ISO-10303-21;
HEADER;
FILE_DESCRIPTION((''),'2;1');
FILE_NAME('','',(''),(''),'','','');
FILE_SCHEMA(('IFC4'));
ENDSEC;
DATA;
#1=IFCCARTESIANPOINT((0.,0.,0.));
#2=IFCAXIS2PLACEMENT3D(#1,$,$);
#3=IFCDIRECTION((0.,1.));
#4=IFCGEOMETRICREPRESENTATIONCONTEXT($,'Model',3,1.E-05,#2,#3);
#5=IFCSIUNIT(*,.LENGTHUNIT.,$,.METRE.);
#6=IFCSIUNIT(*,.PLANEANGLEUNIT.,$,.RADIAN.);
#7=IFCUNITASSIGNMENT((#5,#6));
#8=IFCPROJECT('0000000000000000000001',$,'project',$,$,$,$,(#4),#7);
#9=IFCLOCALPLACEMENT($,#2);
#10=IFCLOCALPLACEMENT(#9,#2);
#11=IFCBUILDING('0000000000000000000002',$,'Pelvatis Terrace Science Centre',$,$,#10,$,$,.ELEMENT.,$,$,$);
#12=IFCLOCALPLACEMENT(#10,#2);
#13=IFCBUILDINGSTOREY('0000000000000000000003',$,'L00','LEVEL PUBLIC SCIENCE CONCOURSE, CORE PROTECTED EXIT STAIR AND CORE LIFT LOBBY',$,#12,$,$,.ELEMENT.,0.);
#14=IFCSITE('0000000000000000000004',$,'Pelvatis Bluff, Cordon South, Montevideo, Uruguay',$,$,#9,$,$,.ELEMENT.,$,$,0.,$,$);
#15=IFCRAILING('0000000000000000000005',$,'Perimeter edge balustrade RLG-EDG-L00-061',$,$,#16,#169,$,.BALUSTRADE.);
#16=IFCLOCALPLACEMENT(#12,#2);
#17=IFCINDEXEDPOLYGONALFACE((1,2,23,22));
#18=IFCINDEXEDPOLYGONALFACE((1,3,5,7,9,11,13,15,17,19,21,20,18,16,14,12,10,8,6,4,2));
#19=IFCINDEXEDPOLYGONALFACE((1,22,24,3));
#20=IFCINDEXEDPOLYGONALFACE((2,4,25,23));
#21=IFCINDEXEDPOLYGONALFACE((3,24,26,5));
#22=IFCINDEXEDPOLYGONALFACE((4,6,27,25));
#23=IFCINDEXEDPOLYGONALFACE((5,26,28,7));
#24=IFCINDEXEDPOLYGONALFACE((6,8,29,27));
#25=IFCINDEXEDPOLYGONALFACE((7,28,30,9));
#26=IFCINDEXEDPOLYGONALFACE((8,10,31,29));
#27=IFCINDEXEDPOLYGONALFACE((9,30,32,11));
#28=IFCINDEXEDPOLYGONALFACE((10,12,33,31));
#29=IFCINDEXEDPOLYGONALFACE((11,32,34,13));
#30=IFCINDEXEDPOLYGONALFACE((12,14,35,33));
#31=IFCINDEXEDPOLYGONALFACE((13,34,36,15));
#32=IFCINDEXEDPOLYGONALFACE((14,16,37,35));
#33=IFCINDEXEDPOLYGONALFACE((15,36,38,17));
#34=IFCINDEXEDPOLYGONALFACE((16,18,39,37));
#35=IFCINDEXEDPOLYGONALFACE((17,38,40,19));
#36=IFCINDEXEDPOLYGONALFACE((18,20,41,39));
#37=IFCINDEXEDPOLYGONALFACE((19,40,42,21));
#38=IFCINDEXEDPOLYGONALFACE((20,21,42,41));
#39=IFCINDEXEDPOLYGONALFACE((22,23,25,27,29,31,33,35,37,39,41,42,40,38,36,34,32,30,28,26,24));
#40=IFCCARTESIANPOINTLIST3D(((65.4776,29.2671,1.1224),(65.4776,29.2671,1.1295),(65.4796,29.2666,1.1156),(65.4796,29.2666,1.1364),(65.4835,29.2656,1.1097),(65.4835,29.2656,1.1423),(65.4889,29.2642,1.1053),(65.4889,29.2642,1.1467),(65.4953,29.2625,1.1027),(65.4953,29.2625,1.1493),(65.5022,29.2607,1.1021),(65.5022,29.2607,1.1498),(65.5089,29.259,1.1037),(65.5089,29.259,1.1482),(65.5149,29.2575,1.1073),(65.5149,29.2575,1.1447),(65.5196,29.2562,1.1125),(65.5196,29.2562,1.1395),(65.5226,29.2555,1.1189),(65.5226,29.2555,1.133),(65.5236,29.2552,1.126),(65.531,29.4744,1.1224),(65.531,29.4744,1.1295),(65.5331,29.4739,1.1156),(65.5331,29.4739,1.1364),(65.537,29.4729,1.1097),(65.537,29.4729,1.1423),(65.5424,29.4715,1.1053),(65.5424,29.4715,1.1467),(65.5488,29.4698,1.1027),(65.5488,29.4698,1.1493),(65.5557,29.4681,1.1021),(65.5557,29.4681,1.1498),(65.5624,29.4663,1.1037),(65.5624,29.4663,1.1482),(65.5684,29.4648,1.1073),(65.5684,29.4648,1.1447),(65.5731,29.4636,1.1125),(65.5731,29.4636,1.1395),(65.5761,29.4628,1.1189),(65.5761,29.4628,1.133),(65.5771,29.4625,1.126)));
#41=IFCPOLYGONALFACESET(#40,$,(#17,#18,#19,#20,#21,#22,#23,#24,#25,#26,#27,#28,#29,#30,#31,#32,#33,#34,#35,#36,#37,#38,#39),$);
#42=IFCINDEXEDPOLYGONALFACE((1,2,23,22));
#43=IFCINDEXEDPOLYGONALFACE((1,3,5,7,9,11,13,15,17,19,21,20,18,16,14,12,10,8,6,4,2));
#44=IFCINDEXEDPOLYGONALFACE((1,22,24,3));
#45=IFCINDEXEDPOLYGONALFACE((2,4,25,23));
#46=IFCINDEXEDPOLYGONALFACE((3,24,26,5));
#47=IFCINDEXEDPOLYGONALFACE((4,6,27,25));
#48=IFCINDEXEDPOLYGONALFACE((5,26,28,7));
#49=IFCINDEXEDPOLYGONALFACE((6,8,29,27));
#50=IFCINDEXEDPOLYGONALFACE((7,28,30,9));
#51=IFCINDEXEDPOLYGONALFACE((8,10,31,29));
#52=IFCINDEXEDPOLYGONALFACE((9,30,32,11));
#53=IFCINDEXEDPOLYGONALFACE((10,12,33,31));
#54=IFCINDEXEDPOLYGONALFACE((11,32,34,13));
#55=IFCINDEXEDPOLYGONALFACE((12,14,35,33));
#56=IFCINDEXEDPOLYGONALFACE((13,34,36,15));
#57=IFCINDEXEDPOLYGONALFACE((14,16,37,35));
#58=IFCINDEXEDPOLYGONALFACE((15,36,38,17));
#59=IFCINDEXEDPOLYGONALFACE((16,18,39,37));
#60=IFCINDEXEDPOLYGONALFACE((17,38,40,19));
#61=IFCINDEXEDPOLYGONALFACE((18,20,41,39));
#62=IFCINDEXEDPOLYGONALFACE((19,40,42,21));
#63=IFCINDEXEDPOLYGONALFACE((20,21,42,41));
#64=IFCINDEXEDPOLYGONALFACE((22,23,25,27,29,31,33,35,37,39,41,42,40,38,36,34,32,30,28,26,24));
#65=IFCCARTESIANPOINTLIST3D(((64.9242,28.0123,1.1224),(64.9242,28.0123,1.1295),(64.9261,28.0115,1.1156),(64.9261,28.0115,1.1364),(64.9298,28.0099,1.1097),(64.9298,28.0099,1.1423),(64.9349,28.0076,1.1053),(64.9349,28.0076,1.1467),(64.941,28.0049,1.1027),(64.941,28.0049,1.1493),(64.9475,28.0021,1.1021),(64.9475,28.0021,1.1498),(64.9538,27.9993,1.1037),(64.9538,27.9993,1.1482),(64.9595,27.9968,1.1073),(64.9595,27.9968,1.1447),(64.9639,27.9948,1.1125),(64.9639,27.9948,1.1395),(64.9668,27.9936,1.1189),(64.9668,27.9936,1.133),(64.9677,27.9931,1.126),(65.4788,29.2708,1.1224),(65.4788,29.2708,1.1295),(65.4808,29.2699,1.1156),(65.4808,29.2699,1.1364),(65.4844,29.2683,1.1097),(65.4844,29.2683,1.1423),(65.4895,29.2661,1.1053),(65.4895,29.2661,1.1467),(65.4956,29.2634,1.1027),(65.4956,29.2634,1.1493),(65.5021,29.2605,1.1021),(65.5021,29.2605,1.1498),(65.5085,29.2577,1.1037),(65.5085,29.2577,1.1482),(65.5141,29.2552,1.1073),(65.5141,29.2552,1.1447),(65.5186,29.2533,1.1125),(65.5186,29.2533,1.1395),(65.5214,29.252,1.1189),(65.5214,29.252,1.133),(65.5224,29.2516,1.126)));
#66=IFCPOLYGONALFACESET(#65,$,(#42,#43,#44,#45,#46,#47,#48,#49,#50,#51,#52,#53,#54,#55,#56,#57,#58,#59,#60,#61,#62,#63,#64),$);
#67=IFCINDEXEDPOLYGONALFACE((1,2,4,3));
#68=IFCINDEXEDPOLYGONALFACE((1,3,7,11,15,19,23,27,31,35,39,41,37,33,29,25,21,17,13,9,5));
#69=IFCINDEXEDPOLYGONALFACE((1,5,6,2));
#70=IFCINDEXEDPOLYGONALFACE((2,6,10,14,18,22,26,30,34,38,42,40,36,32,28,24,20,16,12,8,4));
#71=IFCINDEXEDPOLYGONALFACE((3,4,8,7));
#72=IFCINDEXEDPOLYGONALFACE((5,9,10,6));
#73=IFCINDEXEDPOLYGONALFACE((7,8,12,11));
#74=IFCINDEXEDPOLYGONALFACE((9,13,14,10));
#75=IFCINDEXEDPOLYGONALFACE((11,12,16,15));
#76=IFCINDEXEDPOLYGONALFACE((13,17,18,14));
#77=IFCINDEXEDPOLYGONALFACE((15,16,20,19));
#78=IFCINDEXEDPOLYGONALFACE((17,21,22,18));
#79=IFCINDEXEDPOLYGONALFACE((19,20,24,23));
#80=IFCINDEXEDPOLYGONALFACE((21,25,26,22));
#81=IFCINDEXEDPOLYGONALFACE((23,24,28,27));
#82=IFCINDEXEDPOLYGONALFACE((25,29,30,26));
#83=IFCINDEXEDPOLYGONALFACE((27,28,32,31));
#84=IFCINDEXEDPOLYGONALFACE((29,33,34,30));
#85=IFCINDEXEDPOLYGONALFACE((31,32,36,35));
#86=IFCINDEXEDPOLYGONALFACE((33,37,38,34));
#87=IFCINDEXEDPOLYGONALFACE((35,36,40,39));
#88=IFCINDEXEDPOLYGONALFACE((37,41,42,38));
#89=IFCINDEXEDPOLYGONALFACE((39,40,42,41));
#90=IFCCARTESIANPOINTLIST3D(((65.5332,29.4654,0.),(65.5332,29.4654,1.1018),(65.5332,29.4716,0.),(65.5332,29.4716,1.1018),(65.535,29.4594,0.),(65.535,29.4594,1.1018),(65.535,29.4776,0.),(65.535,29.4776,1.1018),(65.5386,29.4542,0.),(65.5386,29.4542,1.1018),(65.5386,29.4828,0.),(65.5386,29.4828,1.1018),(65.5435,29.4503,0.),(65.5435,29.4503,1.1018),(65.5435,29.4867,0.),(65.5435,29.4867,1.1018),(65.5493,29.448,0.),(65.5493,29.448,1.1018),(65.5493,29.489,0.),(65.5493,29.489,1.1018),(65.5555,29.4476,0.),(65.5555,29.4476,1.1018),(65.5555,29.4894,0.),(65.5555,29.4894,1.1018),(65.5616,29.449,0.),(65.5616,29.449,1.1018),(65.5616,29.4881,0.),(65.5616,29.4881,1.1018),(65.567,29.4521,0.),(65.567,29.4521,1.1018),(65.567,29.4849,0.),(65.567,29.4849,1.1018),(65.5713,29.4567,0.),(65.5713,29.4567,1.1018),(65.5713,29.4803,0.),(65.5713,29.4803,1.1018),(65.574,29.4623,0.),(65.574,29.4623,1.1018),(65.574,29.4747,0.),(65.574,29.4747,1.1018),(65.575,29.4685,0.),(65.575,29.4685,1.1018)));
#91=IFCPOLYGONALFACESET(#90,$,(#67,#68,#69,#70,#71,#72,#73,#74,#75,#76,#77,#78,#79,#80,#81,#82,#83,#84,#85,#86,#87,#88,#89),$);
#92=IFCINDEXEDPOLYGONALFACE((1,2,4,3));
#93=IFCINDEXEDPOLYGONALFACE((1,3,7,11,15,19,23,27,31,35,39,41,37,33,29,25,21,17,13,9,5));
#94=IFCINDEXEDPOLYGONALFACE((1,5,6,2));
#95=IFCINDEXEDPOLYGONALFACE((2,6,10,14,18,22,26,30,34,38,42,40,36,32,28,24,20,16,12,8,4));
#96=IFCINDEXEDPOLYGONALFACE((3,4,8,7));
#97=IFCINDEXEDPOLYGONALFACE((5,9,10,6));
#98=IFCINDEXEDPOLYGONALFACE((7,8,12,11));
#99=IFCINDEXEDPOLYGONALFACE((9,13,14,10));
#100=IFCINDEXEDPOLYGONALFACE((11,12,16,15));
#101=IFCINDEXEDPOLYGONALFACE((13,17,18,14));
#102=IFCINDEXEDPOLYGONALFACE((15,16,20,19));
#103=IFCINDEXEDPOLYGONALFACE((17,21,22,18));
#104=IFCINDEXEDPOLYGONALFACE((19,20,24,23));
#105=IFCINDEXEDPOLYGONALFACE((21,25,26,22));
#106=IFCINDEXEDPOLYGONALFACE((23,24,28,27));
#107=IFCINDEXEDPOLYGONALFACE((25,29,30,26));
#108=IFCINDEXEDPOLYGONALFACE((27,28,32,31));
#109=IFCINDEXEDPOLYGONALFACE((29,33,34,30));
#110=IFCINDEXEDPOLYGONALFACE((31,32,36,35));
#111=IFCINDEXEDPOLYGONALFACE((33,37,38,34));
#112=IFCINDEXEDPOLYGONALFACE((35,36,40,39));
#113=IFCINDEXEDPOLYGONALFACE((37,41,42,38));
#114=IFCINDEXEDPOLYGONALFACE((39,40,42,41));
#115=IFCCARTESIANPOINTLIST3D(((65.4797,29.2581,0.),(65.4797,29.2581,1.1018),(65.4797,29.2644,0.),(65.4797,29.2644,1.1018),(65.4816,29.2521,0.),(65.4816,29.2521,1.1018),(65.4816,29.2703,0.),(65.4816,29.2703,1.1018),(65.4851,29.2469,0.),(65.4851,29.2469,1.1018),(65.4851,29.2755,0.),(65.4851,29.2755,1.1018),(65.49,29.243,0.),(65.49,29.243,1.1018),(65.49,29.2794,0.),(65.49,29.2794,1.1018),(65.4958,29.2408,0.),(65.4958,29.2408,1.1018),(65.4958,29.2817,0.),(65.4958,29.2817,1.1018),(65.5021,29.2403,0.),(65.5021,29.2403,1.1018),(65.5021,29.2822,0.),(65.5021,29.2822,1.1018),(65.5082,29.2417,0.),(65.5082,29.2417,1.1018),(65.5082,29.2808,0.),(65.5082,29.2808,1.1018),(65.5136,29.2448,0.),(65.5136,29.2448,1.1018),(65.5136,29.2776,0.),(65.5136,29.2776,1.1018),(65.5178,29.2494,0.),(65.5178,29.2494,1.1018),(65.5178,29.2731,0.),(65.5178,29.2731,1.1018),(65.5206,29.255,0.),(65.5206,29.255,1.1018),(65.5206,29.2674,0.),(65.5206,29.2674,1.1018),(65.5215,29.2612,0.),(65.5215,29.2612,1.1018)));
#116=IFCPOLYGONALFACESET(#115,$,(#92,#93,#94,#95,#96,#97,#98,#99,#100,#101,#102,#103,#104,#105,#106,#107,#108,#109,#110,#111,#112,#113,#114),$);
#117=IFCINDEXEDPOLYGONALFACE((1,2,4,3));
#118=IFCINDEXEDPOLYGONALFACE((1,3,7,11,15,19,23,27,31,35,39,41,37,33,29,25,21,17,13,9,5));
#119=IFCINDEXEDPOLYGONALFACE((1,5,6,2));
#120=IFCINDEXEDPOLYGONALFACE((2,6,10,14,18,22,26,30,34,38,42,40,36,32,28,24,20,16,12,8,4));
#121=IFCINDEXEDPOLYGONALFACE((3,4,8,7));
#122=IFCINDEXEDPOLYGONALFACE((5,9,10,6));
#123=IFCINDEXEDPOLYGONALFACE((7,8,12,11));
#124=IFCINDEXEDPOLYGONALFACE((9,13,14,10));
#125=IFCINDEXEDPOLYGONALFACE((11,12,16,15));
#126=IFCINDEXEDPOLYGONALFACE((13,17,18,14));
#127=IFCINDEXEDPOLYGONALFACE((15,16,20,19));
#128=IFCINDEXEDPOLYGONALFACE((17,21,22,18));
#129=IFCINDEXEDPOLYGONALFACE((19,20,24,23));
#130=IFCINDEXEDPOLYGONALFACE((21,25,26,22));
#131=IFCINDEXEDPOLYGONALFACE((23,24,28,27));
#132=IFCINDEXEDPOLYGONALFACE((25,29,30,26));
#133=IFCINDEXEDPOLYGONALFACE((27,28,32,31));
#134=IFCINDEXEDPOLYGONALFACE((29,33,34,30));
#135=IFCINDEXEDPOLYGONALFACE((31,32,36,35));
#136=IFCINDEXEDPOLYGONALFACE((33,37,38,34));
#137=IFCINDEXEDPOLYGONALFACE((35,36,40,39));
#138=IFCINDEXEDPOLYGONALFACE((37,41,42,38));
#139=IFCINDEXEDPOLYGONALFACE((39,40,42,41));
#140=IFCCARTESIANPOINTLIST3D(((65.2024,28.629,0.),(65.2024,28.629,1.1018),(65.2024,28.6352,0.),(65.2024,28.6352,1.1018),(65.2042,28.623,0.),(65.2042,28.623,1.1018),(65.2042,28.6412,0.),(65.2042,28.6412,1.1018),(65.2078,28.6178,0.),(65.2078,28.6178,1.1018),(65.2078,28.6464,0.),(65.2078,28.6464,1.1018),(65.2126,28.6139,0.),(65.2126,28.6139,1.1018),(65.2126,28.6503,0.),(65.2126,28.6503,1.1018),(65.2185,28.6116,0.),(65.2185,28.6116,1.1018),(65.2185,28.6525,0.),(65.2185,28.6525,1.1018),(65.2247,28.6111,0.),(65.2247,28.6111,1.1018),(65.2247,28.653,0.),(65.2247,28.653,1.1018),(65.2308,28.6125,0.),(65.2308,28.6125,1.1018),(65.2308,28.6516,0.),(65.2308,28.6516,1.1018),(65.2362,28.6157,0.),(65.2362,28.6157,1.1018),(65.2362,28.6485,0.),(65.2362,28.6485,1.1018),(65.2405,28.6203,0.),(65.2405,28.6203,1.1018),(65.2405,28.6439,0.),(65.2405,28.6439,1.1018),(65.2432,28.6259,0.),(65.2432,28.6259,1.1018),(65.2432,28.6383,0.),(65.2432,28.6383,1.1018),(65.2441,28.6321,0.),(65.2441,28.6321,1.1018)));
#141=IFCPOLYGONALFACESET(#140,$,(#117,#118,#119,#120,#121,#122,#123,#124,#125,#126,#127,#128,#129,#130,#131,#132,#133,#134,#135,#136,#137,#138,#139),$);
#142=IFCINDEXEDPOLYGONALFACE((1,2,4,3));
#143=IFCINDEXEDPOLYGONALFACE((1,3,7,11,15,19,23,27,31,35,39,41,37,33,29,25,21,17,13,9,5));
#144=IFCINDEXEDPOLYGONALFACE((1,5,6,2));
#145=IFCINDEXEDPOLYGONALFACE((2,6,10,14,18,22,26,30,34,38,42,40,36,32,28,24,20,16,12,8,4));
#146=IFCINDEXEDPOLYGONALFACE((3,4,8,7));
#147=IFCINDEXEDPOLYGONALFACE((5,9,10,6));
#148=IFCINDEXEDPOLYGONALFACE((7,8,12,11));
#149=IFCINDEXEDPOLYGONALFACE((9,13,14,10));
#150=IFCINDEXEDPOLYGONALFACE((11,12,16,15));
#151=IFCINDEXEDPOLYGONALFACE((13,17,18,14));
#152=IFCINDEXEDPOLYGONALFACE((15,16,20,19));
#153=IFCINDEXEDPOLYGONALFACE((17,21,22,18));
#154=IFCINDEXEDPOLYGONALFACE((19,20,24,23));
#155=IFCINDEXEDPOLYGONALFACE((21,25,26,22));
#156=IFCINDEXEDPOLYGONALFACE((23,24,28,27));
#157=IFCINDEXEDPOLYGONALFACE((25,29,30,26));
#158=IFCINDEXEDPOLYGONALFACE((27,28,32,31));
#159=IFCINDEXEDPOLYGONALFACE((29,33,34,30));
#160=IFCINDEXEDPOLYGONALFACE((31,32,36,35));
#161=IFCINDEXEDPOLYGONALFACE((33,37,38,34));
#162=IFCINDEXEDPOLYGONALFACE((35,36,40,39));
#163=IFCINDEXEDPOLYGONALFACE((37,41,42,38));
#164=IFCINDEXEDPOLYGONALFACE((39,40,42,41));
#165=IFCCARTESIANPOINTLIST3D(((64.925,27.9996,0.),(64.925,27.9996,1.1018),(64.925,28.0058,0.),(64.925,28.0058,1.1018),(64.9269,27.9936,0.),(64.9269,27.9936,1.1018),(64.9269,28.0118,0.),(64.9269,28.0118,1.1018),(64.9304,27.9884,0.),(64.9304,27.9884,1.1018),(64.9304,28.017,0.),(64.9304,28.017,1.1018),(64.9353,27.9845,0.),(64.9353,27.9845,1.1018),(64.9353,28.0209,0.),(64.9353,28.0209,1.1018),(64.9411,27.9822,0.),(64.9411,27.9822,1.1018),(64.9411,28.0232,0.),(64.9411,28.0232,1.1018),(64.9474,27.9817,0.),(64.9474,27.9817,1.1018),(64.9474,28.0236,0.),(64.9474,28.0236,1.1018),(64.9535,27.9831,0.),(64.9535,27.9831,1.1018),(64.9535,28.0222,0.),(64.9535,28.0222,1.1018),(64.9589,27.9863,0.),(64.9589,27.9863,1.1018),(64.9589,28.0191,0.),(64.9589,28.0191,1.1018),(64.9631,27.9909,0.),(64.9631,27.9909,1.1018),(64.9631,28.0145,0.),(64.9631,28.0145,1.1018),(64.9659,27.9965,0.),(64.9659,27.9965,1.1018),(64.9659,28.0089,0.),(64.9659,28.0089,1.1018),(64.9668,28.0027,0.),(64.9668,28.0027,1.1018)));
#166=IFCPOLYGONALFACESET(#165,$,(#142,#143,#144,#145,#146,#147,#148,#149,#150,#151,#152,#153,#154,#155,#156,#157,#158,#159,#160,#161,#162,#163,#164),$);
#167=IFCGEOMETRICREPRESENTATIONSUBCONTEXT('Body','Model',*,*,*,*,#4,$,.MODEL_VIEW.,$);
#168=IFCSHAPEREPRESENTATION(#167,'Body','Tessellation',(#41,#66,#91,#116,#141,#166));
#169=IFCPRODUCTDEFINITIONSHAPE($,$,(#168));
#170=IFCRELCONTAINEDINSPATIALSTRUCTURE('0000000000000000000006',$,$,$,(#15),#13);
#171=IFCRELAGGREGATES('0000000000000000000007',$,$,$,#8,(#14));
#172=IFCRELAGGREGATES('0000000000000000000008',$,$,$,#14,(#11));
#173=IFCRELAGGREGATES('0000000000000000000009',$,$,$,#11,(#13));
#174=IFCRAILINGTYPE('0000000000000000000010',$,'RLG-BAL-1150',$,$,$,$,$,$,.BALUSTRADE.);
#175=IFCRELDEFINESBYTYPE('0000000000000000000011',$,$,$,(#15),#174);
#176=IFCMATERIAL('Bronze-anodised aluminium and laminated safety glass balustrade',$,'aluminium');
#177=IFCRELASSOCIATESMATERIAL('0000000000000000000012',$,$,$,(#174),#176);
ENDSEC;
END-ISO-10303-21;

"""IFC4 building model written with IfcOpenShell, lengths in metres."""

from ifc_helpers import new_model, si_unit, direction, frame, origin, origin_2d, place, context, subcontext, project, spatial, circle, extrude, material, type_object, element, save


model = new_model("IFC4")

# Units and contexts
model_context = context("Model", 3, precision=1e-05, world=origin(), true_north=direction((0.0, 1.0)))
body_context = subcontext(model_context, "Body", "Model", "MODEL_VIEW")
ifc_project = project(units=[si_unit("LENGTHUNIT", "METRE"), si_unit("PLANEANGLEUNIT", "RADIAN")], contexts=[model_context])

# Site, building, storey
site_placement = place(None, origin())
site = spatial("IfcSite", under=ifc_project, at=site_placement, Name="Pelvatis Bluff, Cordon South, Montevideo, Uruguay", CompositionType="ELEMENT", RefElevation=0.0)
building_placement = place(site_placement, origin())
building = spatial("IfcBuilding", under=site, at=building_placement, Name="Pelvatis Terrace Science Centre", CompositionType="ELEMENT")
storey_placement = place(building_placement, origin())
storey = spatial("IfcBuildingStorey", under=building, at=storey_placement, Name="L00", Description="LEVEL PUBLIC SCIENCE CONCOURSE, CORE PROTECTED EXIT STAIR AND CORE LIFT LOBBY", CompositionType="ELEMENT", Elevation=0.0)

# Railing
ifc_material_1 = material(Name="Bronze-anodised aluminium and laminated safety glass balustrade", Category="aluminium")
railing_type = type_object("IfcRailingType", Name="RLG-BAL-1150", PredefinedType="BALUSTRADE", material=ifc_material_1)
railing_1_placement = place(storey_placement, frame((65.554, 29.4685, 0.0)))
element("IfcRailing", 1, at=railing_1_placement, inside=storey, type_object=railing_type, Name="Perimeter edge balustrade RLG-EDG-L00-061", PredefinedType="BALUSTRADE", context=body_context, shape_type="SweptSolid", body=[
    extrude(circle(Radius=0.0239, at=origin_2d()), frame((0.0, 0.0, 1.126), z_axis=(-0.249775, -0.968304, 0.0), x_axis=(0.968304, -0.249775, 0.0)), (0.0, 0.0, 1.0), 0.2141),
    extrude(circle(Radius=0.0239, at=origin_2d()), frame((-0.0535, -0.2073, 1.126), z_axis=(-0.403304, -0.915066, 0.0), x_axis=(0.915066, -0.403304, 0.0)), (0.0, 0.0, 1.0), 1.3752),
    extrude(circle(Radius=0.021, at=origin_2d()), origin(), (0.0, 0.0, 1.0), 1.1018),
    extrude(circle(Radius=0.021, at=origin_2d()), frame((-0.0535, -0.2073, 0.0)), (0.0, 0.0, 1.0), 1.1018),
    extrude(circle(Radius=0.021, at=origin_2d()), frame((-0.3308, -0.8364, 0.0)), (0.0, 0.0, 1.0), 1.1018),
    extrude(circle(Radius=0.021, at=origin_2d()), frame((-0.6082, -1.4658, 0.0)), (0.0, 0.0, 1.0), 1.1018),
])

save(model, "model.ifc")
